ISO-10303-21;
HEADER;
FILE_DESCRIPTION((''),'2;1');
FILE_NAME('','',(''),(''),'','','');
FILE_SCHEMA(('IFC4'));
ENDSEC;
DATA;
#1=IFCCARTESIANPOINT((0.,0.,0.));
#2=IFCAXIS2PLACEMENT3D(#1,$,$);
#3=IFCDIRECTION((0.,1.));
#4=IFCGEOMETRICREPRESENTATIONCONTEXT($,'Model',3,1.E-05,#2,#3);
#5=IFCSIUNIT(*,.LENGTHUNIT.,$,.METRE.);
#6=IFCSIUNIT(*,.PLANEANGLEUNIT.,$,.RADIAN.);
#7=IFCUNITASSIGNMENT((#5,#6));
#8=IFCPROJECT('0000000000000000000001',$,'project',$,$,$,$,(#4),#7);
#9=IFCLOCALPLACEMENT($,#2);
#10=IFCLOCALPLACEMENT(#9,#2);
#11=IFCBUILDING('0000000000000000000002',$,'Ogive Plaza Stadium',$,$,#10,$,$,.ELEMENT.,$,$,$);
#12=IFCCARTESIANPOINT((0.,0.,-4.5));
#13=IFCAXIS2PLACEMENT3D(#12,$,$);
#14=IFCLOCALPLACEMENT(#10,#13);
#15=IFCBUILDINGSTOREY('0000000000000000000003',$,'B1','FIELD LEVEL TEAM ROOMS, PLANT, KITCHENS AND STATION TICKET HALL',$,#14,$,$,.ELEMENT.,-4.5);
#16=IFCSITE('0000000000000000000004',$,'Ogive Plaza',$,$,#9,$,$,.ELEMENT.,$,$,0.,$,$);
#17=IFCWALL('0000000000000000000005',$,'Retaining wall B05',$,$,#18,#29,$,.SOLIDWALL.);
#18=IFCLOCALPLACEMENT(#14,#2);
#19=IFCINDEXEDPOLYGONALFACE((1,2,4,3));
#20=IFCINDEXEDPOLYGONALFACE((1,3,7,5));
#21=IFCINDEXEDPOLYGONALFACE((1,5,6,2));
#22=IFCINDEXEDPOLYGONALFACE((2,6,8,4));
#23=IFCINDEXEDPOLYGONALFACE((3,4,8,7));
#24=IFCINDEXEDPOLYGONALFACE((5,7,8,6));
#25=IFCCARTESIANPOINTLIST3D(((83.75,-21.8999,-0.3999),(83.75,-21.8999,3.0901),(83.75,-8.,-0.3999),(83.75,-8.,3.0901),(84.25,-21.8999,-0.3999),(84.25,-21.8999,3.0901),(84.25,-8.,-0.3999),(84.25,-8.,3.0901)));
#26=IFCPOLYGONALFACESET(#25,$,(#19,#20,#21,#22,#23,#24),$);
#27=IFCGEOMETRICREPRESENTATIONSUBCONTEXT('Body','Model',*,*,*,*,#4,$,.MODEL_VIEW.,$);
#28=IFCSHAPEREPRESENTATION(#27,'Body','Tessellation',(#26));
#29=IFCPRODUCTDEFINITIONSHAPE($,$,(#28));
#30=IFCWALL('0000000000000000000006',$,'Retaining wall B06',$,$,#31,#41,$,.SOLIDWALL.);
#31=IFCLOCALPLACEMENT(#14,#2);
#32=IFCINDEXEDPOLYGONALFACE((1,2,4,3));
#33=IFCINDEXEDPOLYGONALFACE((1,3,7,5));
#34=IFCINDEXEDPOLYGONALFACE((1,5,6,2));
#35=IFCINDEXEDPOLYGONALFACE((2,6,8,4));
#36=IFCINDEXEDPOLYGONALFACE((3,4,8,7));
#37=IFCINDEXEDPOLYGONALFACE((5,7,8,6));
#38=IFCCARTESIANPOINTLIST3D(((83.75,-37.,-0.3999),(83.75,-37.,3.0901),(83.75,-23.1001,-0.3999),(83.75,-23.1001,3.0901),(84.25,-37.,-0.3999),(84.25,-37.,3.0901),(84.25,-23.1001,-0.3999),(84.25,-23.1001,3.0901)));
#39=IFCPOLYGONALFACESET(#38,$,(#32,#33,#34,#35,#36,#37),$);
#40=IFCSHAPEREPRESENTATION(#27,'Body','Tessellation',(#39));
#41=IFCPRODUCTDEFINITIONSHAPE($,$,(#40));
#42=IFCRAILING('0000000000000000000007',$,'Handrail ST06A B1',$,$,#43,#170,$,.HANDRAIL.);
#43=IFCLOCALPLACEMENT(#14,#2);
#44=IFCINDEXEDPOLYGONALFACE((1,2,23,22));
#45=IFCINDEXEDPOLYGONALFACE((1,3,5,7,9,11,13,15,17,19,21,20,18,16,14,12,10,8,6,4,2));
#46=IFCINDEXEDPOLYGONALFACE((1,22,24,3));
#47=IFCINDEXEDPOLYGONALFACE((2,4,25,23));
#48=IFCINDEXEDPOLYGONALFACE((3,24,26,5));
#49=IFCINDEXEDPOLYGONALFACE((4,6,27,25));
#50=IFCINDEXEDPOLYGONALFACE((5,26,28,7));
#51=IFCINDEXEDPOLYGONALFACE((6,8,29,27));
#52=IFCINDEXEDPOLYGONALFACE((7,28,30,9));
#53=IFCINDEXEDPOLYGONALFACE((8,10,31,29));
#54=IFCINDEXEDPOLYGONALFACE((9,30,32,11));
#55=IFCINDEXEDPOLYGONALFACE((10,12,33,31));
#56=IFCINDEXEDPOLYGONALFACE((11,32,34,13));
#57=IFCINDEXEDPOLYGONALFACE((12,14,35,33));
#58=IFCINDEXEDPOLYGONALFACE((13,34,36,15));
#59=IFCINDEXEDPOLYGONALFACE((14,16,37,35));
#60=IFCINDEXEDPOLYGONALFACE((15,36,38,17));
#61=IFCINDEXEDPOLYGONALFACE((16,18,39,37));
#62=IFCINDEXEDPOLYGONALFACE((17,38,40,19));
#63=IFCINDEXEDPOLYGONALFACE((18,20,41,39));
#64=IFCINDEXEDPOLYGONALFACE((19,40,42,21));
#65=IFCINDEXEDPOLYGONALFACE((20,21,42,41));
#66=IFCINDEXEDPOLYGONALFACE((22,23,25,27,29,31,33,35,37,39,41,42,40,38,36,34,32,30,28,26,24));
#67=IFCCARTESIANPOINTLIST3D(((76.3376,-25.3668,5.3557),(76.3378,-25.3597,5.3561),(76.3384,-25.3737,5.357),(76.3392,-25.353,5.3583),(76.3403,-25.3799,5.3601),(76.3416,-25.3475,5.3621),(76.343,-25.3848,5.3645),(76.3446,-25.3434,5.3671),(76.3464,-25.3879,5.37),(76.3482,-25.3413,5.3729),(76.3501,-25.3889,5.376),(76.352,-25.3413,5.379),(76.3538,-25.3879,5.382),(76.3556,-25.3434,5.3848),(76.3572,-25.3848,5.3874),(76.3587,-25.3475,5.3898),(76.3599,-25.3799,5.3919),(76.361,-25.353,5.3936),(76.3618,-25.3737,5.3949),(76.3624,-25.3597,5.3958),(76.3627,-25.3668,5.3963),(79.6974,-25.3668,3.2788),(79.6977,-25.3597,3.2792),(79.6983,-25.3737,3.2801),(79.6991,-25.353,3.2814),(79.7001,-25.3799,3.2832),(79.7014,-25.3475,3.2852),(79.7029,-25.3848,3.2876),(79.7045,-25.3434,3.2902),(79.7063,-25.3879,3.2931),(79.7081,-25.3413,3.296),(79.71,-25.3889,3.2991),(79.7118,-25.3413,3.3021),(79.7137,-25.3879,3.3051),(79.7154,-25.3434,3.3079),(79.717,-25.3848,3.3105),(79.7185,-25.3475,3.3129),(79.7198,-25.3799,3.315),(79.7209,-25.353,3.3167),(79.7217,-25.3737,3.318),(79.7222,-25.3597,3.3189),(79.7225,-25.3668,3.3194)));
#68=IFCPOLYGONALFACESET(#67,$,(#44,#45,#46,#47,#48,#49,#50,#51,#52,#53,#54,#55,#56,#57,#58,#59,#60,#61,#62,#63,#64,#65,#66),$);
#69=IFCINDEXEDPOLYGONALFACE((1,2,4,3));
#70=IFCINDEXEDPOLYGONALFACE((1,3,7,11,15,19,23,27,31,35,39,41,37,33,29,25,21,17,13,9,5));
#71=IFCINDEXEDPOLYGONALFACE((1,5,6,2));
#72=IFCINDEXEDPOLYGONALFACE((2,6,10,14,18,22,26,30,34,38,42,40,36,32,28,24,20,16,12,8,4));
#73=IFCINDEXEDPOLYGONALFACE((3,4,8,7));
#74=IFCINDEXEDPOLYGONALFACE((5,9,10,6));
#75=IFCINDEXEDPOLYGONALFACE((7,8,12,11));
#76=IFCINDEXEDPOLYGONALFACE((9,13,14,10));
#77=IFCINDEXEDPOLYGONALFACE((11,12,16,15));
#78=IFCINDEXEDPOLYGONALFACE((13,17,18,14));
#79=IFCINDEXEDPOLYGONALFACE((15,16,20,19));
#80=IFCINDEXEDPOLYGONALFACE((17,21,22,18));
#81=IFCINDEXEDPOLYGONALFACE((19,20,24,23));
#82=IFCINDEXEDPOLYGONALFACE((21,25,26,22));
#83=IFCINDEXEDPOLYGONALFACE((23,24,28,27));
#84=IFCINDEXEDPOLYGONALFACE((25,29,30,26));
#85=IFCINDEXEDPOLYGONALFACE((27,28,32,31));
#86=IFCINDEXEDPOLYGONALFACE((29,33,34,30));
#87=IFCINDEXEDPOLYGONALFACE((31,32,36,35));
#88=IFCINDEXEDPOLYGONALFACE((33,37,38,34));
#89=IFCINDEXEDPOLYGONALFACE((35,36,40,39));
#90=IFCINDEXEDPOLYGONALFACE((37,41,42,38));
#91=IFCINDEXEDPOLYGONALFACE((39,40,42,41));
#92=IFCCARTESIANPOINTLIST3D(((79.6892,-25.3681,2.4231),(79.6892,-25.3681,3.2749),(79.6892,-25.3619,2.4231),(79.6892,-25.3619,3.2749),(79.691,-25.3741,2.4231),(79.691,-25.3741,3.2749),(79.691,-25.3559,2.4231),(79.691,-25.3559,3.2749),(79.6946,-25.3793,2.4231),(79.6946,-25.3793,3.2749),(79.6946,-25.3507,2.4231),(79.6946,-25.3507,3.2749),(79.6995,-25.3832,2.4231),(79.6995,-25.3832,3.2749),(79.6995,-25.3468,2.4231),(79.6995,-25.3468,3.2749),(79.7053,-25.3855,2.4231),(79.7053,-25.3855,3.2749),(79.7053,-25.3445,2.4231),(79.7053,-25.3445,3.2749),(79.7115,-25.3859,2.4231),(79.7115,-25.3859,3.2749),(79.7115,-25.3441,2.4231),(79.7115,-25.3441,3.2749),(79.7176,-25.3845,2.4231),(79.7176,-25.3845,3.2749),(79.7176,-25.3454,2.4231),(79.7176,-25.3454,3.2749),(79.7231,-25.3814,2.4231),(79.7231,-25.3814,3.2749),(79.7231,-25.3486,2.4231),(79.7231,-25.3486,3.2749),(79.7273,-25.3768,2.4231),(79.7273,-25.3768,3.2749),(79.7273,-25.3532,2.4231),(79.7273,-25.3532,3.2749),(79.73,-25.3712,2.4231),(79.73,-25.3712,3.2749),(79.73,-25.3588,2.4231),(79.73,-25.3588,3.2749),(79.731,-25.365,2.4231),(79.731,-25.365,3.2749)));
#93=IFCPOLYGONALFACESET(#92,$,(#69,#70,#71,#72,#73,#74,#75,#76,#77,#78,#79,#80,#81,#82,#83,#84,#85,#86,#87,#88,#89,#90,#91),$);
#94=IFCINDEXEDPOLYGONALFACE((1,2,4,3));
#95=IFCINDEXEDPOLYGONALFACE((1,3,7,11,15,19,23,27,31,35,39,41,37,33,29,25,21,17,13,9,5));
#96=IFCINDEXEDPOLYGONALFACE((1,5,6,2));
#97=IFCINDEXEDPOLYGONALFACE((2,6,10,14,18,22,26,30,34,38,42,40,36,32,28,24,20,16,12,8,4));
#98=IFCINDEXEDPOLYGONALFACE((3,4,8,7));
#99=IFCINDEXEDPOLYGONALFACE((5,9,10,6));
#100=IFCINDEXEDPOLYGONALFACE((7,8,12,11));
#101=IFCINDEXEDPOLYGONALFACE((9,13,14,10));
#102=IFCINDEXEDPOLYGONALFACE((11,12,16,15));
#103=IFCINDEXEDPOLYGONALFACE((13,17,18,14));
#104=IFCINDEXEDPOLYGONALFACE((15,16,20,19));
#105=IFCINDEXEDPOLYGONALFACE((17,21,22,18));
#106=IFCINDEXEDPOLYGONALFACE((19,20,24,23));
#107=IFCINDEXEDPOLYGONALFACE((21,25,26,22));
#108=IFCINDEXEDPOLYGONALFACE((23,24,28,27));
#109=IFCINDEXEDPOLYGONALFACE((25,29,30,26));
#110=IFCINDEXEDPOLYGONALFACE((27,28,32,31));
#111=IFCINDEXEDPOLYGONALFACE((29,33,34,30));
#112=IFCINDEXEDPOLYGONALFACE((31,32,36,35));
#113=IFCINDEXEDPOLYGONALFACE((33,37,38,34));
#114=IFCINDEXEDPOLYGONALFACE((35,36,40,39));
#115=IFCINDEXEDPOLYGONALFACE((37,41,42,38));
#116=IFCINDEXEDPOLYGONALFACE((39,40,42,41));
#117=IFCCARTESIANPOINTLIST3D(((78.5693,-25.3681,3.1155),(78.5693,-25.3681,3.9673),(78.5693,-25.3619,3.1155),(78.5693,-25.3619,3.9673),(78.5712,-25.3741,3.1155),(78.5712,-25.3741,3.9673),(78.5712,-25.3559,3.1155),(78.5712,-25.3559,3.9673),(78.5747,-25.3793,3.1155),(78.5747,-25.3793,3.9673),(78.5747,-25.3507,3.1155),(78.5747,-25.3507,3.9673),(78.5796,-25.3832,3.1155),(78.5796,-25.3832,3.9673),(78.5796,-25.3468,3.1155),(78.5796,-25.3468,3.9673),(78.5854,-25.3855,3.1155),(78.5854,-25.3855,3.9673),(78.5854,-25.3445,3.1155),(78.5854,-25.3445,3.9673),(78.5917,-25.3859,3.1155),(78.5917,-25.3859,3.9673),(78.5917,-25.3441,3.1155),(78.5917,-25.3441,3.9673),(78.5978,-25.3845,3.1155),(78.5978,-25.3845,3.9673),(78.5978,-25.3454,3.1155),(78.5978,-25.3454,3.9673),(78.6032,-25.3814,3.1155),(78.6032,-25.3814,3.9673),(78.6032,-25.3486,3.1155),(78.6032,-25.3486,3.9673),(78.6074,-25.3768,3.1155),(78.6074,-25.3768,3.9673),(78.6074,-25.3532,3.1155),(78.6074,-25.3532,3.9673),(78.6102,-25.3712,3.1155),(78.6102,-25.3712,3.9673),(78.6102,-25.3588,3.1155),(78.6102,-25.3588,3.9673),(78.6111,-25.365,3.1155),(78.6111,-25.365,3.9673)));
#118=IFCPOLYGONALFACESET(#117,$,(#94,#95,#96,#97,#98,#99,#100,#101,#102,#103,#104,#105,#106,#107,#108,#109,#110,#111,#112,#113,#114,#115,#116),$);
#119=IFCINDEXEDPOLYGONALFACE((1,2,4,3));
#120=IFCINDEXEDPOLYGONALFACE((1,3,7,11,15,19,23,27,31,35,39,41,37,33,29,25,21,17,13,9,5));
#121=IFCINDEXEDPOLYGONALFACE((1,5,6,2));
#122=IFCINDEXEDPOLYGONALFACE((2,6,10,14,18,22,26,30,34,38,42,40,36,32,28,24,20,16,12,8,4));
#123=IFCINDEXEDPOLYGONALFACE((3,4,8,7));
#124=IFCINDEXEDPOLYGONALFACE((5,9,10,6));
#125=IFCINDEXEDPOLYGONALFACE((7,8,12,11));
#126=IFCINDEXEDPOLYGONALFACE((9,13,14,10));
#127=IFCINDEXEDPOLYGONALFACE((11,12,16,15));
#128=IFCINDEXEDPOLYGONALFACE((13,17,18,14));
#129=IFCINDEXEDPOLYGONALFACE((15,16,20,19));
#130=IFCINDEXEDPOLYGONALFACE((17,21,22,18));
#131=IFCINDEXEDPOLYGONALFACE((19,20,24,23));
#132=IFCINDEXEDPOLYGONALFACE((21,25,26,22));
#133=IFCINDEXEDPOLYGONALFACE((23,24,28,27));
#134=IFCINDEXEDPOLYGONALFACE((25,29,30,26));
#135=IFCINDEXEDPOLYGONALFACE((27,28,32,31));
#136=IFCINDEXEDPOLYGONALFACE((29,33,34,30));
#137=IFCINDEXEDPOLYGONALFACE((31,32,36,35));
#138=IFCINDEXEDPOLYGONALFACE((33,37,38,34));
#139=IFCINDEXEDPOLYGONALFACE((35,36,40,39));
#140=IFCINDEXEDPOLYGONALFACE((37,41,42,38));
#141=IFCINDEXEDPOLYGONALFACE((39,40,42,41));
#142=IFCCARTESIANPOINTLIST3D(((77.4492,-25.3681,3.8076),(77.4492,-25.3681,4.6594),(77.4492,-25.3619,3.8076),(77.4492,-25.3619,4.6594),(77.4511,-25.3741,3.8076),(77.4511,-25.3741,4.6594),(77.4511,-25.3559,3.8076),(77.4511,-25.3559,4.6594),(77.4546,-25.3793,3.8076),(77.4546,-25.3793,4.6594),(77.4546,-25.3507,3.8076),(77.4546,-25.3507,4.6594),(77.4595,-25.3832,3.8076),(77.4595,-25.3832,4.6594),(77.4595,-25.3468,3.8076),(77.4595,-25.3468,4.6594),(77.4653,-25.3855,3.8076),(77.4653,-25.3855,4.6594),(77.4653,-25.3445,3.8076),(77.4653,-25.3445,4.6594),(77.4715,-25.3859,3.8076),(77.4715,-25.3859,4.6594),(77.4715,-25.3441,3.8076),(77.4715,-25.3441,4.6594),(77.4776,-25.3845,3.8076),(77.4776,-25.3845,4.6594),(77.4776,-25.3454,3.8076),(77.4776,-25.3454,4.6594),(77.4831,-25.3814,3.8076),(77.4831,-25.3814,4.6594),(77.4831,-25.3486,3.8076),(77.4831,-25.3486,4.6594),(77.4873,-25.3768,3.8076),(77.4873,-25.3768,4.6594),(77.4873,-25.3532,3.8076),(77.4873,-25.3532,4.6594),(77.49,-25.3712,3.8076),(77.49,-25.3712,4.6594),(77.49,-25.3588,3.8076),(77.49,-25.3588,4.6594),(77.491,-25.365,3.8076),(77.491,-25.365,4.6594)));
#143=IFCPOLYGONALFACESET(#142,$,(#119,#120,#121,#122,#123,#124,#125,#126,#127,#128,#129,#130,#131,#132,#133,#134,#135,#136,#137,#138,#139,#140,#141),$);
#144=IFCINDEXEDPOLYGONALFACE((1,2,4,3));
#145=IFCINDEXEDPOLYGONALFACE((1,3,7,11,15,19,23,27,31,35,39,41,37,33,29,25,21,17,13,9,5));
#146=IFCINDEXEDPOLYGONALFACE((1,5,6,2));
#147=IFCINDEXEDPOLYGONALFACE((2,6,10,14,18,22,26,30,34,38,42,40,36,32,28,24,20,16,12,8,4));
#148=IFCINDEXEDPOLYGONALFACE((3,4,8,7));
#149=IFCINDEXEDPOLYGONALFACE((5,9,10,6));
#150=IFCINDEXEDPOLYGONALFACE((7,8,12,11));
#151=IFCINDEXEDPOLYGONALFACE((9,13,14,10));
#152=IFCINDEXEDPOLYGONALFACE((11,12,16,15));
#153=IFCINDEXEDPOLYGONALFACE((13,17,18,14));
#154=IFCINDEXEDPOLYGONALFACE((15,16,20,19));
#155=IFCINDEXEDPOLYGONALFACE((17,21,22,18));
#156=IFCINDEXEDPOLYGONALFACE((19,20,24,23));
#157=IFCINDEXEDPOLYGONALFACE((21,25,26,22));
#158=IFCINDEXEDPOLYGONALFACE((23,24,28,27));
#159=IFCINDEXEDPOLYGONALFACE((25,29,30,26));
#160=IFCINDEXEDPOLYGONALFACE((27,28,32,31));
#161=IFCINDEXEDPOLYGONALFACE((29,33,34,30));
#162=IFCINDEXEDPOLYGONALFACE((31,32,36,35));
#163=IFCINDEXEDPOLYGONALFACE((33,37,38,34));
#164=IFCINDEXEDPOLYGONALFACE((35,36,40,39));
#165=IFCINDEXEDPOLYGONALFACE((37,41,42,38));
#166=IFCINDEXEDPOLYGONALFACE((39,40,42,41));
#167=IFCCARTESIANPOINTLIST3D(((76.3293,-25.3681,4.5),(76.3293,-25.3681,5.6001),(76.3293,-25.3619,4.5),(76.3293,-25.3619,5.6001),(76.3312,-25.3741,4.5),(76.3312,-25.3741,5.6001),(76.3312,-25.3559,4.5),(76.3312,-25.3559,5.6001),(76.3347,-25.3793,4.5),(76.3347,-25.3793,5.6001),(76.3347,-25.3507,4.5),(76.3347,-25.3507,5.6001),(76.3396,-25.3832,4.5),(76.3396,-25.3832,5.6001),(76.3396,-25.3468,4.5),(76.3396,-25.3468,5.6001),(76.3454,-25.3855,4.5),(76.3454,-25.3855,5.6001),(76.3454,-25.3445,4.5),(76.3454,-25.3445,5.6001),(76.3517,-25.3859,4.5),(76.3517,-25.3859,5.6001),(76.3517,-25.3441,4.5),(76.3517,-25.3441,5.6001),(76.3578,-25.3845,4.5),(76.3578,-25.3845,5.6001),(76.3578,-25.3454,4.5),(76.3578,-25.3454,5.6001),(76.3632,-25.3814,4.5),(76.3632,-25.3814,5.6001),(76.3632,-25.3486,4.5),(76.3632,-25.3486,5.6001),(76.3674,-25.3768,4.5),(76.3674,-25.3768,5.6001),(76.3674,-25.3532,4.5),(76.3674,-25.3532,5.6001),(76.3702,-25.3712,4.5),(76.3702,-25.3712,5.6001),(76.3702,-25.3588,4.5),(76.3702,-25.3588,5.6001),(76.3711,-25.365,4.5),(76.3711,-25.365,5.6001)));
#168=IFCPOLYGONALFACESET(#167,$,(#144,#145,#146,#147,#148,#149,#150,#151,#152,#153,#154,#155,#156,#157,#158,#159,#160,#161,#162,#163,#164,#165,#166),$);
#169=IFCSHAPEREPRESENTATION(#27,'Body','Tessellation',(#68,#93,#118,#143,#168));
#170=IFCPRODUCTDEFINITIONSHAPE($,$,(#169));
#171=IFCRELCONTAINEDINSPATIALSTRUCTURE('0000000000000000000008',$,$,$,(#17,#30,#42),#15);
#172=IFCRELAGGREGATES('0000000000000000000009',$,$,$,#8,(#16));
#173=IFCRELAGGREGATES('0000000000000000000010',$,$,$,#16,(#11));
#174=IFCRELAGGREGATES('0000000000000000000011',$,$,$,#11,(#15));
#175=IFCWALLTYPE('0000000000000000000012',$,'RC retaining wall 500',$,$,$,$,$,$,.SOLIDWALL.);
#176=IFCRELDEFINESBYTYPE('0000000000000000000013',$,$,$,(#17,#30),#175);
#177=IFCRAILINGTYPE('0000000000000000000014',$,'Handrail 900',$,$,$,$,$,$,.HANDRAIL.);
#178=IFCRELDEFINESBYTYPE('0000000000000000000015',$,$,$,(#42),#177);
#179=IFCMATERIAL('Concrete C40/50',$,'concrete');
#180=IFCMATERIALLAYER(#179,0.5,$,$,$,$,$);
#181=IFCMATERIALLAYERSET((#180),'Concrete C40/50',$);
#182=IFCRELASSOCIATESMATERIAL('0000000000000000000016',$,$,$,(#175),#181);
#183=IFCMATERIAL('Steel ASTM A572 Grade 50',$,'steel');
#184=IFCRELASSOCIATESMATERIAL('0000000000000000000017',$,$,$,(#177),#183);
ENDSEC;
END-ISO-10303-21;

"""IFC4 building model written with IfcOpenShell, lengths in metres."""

from ifc_helpers import new_model, si_unit, direction, frame, frame_2d, origin, origin_2d, place, context, subcontext, project, spatial, rectangle, circle, extrude, material, layer, layer_set, type_object, element, save


model = new_model("IFC4")

# Units and contexts
model_context = context("Model", 3, precision=1e-05, world=origin(), true_north=direction((0.0, 1.0)))
body_context = subcontext(model_context, "Body", "Model", "MODEL_VIEW")
ifc_project = project(units=[si_unit("LENGTHUNIT", "METRE"), si_unit("PLANEANGLEUNIT", "RADIAN")], contexts=[model_context])

# Site, building, storey
site_placement = place(None, origin())
site = spatial("IfcSite", under=ifc_project, at=site_placement, Name="Ogive Plaza", CompositionType="ELEMENT", RefElevation=0.0)
building_placement = place(site_placement, origin())
building = spatial("IfcBuilding", under=site, at=building_placement, Name="Ogive Plaza Stadium", CompositionType="ELEMENT")
storey_placement = place(building_placement, frame((0.0, 0.0, -4.5)))
storey = spatial("IfcBuildingStorey", under=building, at=storey_placement, Name="B1", Description="FIELD LEVEL TEAM ROOMS, PLANT, KITCHENS AND STATION TICKET HALL", CompositionType="ELEMENT", Elevation=-4.5)

# Walls
ifc_material_1 = material(Name="Concrete C40/50", Category="concrete")
ifc_layer_1 = layer(ifc_material_1, 0.5)
ifc_layer_set_1 = layer_set([ifc_layer_1], Name="Concrete C40/50")
wall_type_1 = type_object("IfcWallType", Name="RC retaining wall 500", PredefinedType="SOLIDWALL", material=ifc_layer_set_1)
for number, where, z_axis, x_axis, name in (
    (1, (84.0, -8.0, -0.3999), (0.0, 0.0, 1.0), (0.0, -1.0, 0.0), "Retaining wall B05"),
    (2, (84.0, -23.1001, -0.3999), (0.0, 0.0, 1.0), (0.0, -1.0, 0.0), "Retaining wall B06"),
):
    element("IfcWall", number, at=place(storey_placement, frame(where, z_axis=z_axis, x_axis=x_axis)), inside=storey, type_object=wall_type_1, Name=name, PredefinedType="SOLIDWALL", context=body_context, shape_type="SweptSolid", body=[
        extrude(rectangle(XDim=13.8999, YDim=0.5, at=frame_2d((6.95, 0.0))), origin(), (0.0, 0.0, 1.0), 3.49),
    ])

# Railing
ifc_material_2 = material(Name="Steel ASTM A572 Grade 50", Category="steel")
railing_type = type_object("IfcRailingType", Name="Handrail 900", PredefinedType="HANDRAIL", material=ifc_material_2)
for number, where, name in (
    (3, (79.71, -25.365, 2.4231), "Handrail ST06A B1"),
):
    element("IfcRailing", number, at=place(storey_placement, frame(where)), inside=storey, type_object=railing_type, Name=name, PredefinedType="HANDRAIL", context=body_context, shape_type="SweptSolid", body=[
        extrude(circle(Radius=0.0239, at=origin_2d()), frame((0.0, 0.0, 0.876), z_axis=(-0.850606, 0.0, 0.525803), x_axis=(0.0, -1.0, 0.0)), (0.0, 0.0, 1.0), 3.95),
        extrude(circle(Radius=0.021, at=origin_2d()), origin(), (0.0, 0.0, 1.0), 0.8518),
        extrude(circle(Radius=0.021, at=origin_2d()), frame((-1.1199, 0.0, 0.6924)), (0.0, 0.0, 1.0), 0.8518),
        extrude(circle(Radius=0.021, at=origin_2d()), frame((-2.24, 0.0, 1.3845)), (0.0, 0.0, 1.0), 0.8518),
        extrude(circle(Radius=0.021, at=origin_2d()), frame((-3.3599, 0.0, 2.0769)), (0.0, 0.0, 1.0), 1.1001),
    ])

save(model, "model.ifc")
